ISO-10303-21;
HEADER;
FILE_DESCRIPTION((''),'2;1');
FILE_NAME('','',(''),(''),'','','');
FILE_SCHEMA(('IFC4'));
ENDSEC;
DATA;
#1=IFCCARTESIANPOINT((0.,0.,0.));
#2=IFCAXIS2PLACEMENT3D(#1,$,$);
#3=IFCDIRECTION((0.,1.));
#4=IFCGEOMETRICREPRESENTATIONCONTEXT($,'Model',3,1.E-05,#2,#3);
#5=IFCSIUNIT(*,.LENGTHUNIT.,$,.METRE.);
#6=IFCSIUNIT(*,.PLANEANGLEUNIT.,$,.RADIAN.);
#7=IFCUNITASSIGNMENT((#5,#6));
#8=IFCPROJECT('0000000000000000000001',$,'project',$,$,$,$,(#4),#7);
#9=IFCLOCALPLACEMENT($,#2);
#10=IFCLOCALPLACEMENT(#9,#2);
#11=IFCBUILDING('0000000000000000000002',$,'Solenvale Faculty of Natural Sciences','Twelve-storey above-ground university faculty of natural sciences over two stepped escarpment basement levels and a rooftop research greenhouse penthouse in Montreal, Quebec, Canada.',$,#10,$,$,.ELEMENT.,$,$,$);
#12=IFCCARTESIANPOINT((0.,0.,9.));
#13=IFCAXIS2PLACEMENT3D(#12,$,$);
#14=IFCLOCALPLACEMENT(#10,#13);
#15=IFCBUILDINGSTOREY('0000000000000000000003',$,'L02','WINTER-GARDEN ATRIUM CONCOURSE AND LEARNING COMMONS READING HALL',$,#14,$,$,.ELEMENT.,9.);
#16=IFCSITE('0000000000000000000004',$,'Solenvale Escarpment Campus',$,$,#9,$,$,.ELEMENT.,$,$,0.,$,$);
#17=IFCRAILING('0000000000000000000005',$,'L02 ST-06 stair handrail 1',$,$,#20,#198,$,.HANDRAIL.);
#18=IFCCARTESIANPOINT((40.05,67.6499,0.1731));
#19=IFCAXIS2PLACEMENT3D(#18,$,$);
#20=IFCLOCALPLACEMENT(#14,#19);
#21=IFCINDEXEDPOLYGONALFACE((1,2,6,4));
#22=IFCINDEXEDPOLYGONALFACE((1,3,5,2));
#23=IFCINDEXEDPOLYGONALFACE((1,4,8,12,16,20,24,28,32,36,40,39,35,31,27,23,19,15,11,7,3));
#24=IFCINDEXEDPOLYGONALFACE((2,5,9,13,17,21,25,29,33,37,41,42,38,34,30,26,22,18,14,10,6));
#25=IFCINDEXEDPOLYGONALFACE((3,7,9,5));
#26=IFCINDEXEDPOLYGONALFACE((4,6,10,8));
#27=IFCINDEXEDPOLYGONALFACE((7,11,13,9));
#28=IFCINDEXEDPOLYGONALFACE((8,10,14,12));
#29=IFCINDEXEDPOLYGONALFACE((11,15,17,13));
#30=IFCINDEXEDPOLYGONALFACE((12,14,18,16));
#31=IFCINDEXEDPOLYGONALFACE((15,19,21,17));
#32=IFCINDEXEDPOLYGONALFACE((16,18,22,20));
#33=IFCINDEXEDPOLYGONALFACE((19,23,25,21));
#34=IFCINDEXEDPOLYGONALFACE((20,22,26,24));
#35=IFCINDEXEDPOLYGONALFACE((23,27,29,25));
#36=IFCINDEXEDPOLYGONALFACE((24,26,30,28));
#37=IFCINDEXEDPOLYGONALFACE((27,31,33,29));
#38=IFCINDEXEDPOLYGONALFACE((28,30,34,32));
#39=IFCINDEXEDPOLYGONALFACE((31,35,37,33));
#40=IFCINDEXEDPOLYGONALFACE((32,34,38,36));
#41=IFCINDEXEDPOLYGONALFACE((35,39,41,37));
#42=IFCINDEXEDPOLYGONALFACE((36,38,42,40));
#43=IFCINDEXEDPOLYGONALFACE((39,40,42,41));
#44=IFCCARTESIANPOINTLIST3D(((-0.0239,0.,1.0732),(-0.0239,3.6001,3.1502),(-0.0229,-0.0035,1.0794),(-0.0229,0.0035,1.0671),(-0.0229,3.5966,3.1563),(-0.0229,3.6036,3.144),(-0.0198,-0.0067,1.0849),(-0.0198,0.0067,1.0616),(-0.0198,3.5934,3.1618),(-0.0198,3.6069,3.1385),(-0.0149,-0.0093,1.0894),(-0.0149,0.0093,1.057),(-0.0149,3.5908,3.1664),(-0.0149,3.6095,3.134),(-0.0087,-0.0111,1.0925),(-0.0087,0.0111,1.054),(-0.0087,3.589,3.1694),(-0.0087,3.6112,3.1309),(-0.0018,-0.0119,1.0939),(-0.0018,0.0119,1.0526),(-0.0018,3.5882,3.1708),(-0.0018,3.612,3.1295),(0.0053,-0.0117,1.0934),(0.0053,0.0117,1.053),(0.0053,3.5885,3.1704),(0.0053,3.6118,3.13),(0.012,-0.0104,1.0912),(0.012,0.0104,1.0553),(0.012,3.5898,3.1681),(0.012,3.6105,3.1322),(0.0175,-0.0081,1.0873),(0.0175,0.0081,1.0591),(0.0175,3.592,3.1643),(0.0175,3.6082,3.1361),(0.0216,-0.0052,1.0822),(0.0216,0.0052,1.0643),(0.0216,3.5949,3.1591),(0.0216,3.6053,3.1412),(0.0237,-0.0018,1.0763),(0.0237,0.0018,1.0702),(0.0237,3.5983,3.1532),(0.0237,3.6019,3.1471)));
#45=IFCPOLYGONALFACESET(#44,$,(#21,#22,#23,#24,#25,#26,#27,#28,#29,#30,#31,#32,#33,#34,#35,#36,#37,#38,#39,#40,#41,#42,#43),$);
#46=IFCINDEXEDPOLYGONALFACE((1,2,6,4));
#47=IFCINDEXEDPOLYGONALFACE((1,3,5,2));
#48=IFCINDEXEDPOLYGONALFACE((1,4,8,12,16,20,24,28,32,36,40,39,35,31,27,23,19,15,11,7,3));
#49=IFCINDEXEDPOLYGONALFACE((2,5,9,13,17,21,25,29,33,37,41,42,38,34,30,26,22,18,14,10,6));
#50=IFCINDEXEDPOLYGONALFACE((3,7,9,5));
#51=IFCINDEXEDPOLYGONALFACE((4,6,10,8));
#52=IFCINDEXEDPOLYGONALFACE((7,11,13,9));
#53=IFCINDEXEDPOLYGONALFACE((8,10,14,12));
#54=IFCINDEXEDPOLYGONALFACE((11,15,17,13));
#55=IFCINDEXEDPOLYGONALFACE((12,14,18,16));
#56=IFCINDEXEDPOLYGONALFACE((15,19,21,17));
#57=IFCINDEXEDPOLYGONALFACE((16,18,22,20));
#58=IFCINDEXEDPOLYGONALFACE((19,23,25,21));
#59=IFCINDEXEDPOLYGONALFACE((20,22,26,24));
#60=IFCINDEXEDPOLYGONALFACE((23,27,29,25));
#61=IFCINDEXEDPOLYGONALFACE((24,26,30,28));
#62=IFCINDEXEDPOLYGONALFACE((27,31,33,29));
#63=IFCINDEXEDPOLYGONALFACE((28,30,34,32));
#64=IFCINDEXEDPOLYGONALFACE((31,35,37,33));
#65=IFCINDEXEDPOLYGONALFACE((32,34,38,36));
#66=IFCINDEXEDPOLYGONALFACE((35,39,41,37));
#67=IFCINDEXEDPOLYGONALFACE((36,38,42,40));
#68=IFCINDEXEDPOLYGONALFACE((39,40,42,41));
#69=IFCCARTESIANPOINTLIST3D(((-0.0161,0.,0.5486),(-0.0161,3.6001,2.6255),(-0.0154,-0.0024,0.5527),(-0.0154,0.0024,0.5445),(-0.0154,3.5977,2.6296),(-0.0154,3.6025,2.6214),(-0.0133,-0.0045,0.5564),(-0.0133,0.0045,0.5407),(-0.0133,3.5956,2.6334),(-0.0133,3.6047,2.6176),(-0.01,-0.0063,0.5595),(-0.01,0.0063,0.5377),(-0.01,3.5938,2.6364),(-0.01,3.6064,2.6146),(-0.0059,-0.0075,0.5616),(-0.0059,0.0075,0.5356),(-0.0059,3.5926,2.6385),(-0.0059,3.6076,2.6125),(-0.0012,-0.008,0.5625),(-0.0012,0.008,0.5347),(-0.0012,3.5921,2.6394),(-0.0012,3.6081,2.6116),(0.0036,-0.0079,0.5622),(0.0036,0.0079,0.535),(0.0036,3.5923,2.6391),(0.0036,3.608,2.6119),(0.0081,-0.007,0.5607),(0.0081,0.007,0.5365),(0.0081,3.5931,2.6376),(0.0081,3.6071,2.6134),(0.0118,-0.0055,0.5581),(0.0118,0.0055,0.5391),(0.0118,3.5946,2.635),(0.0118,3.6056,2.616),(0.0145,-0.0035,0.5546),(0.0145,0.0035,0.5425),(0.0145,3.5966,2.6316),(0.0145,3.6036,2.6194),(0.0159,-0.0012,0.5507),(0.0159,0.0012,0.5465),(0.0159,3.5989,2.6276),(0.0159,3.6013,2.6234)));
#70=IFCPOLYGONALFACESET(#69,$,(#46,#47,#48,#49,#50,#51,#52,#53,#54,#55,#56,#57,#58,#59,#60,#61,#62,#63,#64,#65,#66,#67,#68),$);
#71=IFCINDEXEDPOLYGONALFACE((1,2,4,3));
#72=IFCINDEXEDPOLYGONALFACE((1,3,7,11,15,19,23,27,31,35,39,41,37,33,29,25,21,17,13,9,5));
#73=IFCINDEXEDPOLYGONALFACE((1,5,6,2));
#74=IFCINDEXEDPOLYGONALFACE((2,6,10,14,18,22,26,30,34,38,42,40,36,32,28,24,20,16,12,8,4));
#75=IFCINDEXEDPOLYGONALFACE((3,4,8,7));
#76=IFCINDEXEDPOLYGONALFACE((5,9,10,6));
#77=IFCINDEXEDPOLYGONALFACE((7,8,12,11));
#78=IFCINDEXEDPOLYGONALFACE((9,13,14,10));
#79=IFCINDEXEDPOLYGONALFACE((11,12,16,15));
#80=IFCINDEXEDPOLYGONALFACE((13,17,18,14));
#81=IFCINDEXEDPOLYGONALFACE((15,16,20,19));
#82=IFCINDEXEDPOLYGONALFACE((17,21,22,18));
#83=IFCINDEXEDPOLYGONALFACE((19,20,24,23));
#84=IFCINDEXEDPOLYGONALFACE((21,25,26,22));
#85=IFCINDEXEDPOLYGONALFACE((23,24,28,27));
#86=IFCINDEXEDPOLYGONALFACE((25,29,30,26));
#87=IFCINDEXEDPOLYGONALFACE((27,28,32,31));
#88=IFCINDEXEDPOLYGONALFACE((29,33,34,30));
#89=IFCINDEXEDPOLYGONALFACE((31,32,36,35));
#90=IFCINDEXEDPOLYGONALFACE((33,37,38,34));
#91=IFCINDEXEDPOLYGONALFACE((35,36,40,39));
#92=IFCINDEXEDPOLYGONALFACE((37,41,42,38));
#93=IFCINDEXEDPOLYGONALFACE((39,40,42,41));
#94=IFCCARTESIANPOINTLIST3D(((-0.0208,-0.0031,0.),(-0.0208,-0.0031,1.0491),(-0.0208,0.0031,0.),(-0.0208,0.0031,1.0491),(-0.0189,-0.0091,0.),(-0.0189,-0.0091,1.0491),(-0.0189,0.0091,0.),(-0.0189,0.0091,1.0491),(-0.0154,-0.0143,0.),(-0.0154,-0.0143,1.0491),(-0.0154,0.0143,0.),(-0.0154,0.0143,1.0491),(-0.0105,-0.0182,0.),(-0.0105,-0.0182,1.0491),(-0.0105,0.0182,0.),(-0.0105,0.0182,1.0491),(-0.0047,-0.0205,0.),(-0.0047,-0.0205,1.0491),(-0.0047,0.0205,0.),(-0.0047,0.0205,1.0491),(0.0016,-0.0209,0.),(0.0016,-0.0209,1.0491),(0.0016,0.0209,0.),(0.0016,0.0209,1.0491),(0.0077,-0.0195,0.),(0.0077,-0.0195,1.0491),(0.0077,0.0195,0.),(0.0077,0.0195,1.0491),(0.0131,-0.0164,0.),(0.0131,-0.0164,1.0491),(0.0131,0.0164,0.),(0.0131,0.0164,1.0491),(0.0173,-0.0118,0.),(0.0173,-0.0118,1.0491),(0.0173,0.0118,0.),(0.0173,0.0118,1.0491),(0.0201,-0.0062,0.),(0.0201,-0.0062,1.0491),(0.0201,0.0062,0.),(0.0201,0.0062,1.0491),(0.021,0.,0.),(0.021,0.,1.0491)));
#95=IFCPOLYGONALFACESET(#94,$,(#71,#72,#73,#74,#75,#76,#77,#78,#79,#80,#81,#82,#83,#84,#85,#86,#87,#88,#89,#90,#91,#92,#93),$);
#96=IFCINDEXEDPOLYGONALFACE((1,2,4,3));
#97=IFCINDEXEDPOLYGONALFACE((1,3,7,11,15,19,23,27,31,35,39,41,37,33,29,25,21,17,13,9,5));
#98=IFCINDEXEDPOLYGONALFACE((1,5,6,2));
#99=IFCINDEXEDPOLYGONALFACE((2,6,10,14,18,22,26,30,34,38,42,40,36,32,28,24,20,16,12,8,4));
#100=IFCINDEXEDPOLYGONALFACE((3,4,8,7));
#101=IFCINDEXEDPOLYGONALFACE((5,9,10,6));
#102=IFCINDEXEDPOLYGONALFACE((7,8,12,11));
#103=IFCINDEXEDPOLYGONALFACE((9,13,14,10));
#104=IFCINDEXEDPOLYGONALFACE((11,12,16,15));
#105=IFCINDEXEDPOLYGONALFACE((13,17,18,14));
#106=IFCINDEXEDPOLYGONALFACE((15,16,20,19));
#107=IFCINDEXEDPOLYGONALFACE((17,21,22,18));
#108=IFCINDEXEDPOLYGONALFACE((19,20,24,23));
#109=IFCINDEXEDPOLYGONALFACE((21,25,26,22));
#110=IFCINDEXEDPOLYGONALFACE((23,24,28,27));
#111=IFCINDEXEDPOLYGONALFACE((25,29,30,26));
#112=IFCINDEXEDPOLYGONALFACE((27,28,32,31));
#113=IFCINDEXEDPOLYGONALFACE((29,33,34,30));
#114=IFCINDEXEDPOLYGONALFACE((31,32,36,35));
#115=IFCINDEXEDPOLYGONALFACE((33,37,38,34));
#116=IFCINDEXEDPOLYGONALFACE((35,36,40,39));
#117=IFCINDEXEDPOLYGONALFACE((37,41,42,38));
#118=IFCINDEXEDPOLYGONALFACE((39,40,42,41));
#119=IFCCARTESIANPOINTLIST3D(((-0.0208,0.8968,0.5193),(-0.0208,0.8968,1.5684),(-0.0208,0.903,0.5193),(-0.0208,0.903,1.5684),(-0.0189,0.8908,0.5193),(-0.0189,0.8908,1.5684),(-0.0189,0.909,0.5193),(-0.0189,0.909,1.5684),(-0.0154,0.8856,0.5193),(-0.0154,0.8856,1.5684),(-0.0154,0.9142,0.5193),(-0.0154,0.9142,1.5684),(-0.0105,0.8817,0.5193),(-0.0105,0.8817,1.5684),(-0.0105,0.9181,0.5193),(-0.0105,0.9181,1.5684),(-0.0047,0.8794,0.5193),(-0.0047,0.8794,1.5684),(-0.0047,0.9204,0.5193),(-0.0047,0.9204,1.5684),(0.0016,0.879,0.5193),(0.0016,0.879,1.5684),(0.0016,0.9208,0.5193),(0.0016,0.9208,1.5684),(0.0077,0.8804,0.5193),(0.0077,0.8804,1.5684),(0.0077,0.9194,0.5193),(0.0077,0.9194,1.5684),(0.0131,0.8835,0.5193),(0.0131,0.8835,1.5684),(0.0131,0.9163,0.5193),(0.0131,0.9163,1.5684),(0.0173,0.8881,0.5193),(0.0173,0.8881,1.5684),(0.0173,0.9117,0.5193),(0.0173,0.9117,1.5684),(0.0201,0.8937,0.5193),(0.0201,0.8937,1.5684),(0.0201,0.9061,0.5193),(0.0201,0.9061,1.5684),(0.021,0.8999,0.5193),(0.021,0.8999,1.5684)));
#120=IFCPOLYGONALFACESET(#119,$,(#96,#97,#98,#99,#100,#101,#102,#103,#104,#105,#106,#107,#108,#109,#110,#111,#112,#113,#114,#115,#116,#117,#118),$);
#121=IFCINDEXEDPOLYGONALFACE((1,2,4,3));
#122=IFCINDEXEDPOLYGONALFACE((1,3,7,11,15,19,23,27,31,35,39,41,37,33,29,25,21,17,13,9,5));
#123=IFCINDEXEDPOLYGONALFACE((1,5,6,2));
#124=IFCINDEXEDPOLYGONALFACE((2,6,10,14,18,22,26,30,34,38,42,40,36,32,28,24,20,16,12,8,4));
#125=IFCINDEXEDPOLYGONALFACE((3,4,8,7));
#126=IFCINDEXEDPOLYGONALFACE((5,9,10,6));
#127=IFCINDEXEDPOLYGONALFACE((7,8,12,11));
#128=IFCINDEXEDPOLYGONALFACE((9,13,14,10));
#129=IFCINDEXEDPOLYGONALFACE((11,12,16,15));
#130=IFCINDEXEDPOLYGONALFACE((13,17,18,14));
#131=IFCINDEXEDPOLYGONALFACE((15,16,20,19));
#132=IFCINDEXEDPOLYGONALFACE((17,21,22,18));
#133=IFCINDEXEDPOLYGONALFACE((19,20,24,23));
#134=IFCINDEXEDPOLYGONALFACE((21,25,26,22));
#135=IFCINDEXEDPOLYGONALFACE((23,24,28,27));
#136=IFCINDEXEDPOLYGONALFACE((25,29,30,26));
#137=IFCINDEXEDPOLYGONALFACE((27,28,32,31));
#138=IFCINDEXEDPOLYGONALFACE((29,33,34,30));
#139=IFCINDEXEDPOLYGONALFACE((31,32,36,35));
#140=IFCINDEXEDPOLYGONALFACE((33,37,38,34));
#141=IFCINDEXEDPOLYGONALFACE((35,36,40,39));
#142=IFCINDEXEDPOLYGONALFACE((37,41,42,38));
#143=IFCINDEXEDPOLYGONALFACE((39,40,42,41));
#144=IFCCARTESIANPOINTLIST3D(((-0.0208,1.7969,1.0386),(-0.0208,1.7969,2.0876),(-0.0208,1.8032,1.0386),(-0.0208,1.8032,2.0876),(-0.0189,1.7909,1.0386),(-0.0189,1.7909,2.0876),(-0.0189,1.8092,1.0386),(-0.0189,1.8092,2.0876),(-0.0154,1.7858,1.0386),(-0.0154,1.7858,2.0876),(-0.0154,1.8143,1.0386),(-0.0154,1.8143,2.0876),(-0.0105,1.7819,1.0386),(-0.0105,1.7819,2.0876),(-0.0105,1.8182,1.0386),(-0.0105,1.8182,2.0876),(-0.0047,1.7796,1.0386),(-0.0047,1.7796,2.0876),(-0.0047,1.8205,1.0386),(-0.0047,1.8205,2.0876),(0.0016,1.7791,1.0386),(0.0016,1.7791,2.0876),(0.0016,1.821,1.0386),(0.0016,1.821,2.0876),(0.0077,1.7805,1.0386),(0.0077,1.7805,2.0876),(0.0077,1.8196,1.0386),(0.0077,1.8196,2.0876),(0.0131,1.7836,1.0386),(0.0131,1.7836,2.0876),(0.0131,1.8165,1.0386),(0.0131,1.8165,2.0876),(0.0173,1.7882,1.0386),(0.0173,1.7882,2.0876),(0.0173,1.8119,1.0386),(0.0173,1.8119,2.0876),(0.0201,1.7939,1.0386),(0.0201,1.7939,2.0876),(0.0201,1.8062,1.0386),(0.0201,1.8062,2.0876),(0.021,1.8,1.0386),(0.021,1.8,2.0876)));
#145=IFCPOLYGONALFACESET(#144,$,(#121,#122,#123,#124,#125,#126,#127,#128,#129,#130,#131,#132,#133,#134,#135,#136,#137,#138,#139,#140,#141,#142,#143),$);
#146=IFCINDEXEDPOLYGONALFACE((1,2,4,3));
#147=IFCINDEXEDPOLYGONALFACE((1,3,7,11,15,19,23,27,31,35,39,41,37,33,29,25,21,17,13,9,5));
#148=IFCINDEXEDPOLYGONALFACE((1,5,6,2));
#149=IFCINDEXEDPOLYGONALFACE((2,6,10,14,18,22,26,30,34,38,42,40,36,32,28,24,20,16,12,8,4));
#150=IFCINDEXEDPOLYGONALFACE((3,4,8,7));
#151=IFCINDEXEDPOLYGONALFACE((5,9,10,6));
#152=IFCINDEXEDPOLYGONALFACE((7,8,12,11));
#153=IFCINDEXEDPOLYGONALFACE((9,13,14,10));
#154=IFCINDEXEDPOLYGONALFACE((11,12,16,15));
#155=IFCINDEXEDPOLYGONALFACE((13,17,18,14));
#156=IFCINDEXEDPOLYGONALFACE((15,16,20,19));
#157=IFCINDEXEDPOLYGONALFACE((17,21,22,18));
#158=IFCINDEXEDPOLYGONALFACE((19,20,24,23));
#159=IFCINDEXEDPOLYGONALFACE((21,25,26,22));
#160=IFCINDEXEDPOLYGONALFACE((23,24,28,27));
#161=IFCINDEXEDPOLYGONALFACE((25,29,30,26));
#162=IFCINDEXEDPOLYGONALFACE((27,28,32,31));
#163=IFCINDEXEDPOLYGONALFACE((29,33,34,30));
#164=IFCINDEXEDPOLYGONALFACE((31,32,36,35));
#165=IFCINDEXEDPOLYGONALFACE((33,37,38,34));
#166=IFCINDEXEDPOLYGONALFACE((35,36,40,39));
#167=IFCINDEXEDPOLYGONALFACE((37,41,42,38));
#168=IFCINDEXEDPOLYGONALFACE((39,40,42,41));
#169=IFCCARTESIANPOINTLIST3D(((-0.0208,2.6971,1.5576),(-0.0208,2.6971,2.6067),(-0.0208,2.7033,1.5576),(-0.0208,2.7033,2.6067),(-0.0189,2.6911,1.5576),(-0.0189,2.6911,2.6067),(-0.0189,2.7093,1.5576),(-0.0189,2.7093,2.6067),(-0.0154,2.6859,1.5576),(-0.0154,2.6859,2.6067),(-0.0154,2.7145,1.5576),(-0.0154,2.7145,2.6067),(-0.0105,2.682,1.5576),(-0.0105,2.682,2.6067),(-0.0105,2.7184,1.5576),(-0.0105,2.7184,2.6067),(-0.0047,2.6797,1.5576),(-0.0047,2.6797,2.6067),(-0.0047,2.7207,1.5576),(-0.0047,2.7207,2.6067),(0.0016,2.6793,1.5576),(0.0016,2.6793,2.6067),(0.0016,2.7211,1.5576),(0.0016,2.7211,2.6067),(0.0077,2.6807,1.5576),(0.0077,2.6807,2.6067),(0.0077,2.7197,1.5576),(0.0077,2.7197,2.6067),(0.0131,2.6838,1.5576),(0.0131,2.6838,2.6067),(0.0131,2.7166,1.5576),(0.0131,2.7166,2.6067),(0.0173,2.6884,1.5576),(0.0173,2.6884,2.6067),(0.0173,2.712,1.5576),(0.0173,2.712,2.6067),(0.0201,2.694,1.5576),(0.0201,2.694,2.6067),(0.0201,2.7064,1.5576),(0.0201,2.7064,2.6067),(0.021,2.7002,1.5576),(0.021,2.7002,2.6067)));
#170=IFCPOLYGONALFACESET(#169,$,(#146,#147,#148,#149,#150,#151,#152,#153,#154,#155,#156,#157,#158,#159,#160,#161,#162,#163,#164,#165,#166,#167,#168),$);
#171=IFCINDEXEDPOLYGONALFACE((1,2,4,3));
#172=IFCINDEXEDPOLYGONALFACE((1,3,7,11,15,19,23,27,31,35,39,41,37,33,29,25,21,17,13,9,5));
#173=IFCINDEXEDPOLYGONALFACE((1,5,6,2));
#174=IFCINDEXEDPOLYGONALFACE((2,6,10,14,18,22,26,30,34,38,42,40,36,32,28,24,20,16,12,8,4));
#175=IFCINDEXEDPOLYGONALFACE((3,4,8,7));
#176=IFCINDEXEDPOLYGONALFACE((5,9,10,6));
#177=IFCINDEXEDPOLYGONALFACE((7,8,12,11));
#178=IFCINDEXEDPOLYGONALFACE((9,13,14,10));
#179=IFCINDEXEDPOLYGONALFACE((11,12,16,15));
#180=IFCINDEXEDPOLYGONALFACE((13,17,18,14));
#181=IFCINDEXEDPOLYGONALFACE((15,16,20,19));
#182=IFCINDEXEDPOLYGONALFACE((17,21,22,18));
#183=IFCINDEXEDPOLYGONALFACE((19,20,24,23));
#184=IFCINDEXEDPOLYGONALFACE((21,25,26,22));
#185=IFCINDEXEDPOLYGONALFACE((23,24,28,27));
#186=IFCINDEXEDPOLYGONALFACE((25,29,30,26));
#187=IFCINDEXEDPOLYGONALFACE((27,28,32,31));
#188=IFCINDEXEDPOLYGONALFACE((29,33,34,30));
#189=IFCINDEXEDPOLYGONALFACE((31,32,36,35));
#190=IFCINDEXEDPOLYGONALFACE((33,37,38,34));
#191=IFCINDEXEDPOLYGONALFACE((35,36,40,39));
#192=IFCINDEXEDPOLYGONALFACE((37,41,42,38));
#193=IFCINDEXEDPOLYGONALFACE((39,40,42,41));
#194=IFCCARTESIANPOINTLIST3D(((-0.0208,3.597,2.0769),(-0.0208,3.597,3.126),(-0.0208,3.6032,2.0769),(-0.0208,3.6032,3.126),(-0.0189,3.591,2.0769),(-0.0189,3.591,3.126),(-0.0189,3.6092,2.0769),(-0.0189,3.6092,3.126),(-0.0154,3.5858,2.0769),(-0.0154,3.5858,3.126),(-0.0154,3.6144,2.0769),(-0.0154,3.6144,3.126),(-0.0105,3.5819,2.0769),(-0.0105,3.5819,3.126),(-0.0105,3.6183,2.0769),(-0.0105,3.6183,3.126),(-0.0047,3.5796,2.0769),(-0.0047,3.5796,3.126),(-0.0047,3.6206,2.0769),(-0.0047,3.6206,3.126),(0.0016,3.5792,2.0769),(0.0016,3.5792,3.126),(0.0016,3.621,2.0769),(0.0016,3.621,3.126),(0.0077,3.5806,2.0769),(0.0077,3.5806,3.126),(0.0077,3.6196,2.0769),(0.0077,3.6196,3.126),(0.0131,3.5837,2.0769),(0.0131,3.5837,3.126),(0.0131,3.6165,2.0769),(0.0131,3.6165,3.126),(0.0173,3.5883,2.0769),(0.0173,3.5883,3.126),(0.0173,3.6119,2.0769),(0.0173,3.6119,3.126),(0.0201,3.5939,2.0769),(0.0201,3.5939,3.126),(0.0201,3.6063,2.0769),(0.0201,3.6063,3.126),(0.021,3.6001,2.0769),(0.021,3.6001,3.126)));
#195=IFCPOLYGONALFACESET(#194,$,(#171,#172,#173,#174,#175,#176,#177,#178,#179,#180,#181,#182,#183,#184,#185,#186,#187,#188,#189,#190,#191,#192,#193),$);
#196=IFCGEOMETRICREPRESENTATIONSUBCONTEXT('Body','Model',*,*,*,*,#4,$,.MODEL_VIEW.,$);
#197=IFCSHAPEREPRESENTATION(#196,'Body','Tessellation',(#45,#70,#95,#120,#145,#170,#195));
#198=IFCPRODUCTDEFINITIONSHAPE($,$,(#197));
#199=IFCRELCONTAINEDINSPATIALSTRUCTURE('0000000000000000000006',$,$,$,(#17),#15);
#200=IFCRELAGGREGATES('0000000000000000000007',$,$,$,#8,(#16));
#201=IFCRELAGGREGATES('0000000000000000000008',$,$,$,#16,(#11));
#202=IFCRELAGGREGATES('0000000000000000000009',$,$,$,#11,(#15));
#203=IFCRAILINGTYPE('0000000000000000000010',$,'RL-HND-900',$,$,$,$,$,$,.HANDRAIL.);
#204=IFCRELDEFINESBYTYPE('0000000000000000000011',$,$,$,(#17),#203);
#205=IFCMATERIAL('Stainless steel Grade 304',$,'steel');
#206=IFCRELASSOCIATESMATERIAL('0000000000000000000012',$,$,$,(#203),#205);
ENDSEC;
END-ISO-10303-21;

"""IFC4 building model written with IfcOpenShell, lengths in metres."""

from ifc_helpers import new_model, si_unit, direction, frame, origin, origin_2d, place, context, subcontext, project, spatial, circle, extrude, material, type_object, element, save


model = new_model("IFC4")

# Units and contexts
model_context = context("Model", 3, precision=1e-05, world=origin(), true_north=direction((0.0, 1.0)))
body_context = subcontext(model_context, "Body", "Model", "MODEL_VIEW")
ifc_project = project(units=[si_unit("LENGTHUNIT", "METRE"), si_unit("PLANEANGLEUNIT", "RADIAN")], contexts=[model_context])

# Site, building, storey
site_placement = place(None, origin())
site = spatial("IfcSite", under=ifc_project, at=site_placement, Name="Solenvale Escarpment Campus", CompositionType="ELEMENT", RefElevation=0.0)
building_placement = place(site_placement, origin())
building = spatial("IfcBuilding", under=site, at=building_placement, Name="Solenvale Faculty of Natural Sciences", Description="Twelve-storey above-ground university faculty of natural sciences over two stepped escarpment basement levels and a rooftop research greenhouse penthouse in Montreal, Quebec, Canada.", CompositionType="ELEMENT")
storey_placement = place(building_placement, frame((0.0, 0.0, 9.0)))
storey = spatial("IfcBuildingStorey", under=building, at=storey_placement, Name="L02", Description="WINTER-GARDEN ATRIUM CONCOURSE AND LEARNING COMMONS READING HALL", CompositionType="ELEMENT", Elevation=9.0)

# Railing
ifc_material_1 = material(Name="Stainless steel Grade 304", Category="steel")
railing_type_1 = type_object("IfcRailingType", Name="RL-HND-900", PredefinedType="HANDRAIL", material=ifc_material_1)
railing_1_placement = place(storey_placement, frame((40.05, 67.6499, 0.1731)))
element("IfcRailing", 1, at=railing_1_placement, inside=storey, type_object=railing_type_1, Name="L02 ST-06 stair handrail 1", PredefinedType="HANDRAIL", context=body_context, shape_type="SweptSolid", body=[
    extrude(circle(Radius=0.0239, at=origin_2d()), frame((0.0, 0.0, 1.0732), z_axis=(0.0, 0.866193, 0.499709), x_axis=(-1.0, 0.0, 0.0)), (0.0, 0.0, 1.0), 4.1562),
    extrude(circle(Radius=0.0161, at=origin_2d()), frame((0.0, 0.0, 0.5486), z_axis=(0.0, 0.866193, 0.499709), x_axis=(-1.0, 0.0, 0.0)), (0.0, 0.0, 1.0), 4.1562),
    extrude(circle(Radius=0.021, at=origin_2d()), origin(), (0.0, 0.0, 1.0), 1.0491),
    extrude(circle(Radius=0.021, at=origin_2d()), frame((0.0, 0.8999, 0.5193)), (0.0, 0.0, 1.0), 1.0491),
    extrude(circle(Radius=0.021, at=origin_2d()), frame((0.0, 1.8, 1.0386)), (0.0, 0.0, 1.0), 1.0491),
    extrude(circle(Radius=0.021, at=origin_2d()), frame((0.0, 2.7002, 1.5576)), (0.0, 0.0, 1.0), 1.0491),
    extrude(circle(Radius=0.021, at=origin_2d()), frame((0.0, 3.6001, 2.0769)), (0.0, 0.0, 1.0), 1.0491),
])

save(model, "model.ifc")
